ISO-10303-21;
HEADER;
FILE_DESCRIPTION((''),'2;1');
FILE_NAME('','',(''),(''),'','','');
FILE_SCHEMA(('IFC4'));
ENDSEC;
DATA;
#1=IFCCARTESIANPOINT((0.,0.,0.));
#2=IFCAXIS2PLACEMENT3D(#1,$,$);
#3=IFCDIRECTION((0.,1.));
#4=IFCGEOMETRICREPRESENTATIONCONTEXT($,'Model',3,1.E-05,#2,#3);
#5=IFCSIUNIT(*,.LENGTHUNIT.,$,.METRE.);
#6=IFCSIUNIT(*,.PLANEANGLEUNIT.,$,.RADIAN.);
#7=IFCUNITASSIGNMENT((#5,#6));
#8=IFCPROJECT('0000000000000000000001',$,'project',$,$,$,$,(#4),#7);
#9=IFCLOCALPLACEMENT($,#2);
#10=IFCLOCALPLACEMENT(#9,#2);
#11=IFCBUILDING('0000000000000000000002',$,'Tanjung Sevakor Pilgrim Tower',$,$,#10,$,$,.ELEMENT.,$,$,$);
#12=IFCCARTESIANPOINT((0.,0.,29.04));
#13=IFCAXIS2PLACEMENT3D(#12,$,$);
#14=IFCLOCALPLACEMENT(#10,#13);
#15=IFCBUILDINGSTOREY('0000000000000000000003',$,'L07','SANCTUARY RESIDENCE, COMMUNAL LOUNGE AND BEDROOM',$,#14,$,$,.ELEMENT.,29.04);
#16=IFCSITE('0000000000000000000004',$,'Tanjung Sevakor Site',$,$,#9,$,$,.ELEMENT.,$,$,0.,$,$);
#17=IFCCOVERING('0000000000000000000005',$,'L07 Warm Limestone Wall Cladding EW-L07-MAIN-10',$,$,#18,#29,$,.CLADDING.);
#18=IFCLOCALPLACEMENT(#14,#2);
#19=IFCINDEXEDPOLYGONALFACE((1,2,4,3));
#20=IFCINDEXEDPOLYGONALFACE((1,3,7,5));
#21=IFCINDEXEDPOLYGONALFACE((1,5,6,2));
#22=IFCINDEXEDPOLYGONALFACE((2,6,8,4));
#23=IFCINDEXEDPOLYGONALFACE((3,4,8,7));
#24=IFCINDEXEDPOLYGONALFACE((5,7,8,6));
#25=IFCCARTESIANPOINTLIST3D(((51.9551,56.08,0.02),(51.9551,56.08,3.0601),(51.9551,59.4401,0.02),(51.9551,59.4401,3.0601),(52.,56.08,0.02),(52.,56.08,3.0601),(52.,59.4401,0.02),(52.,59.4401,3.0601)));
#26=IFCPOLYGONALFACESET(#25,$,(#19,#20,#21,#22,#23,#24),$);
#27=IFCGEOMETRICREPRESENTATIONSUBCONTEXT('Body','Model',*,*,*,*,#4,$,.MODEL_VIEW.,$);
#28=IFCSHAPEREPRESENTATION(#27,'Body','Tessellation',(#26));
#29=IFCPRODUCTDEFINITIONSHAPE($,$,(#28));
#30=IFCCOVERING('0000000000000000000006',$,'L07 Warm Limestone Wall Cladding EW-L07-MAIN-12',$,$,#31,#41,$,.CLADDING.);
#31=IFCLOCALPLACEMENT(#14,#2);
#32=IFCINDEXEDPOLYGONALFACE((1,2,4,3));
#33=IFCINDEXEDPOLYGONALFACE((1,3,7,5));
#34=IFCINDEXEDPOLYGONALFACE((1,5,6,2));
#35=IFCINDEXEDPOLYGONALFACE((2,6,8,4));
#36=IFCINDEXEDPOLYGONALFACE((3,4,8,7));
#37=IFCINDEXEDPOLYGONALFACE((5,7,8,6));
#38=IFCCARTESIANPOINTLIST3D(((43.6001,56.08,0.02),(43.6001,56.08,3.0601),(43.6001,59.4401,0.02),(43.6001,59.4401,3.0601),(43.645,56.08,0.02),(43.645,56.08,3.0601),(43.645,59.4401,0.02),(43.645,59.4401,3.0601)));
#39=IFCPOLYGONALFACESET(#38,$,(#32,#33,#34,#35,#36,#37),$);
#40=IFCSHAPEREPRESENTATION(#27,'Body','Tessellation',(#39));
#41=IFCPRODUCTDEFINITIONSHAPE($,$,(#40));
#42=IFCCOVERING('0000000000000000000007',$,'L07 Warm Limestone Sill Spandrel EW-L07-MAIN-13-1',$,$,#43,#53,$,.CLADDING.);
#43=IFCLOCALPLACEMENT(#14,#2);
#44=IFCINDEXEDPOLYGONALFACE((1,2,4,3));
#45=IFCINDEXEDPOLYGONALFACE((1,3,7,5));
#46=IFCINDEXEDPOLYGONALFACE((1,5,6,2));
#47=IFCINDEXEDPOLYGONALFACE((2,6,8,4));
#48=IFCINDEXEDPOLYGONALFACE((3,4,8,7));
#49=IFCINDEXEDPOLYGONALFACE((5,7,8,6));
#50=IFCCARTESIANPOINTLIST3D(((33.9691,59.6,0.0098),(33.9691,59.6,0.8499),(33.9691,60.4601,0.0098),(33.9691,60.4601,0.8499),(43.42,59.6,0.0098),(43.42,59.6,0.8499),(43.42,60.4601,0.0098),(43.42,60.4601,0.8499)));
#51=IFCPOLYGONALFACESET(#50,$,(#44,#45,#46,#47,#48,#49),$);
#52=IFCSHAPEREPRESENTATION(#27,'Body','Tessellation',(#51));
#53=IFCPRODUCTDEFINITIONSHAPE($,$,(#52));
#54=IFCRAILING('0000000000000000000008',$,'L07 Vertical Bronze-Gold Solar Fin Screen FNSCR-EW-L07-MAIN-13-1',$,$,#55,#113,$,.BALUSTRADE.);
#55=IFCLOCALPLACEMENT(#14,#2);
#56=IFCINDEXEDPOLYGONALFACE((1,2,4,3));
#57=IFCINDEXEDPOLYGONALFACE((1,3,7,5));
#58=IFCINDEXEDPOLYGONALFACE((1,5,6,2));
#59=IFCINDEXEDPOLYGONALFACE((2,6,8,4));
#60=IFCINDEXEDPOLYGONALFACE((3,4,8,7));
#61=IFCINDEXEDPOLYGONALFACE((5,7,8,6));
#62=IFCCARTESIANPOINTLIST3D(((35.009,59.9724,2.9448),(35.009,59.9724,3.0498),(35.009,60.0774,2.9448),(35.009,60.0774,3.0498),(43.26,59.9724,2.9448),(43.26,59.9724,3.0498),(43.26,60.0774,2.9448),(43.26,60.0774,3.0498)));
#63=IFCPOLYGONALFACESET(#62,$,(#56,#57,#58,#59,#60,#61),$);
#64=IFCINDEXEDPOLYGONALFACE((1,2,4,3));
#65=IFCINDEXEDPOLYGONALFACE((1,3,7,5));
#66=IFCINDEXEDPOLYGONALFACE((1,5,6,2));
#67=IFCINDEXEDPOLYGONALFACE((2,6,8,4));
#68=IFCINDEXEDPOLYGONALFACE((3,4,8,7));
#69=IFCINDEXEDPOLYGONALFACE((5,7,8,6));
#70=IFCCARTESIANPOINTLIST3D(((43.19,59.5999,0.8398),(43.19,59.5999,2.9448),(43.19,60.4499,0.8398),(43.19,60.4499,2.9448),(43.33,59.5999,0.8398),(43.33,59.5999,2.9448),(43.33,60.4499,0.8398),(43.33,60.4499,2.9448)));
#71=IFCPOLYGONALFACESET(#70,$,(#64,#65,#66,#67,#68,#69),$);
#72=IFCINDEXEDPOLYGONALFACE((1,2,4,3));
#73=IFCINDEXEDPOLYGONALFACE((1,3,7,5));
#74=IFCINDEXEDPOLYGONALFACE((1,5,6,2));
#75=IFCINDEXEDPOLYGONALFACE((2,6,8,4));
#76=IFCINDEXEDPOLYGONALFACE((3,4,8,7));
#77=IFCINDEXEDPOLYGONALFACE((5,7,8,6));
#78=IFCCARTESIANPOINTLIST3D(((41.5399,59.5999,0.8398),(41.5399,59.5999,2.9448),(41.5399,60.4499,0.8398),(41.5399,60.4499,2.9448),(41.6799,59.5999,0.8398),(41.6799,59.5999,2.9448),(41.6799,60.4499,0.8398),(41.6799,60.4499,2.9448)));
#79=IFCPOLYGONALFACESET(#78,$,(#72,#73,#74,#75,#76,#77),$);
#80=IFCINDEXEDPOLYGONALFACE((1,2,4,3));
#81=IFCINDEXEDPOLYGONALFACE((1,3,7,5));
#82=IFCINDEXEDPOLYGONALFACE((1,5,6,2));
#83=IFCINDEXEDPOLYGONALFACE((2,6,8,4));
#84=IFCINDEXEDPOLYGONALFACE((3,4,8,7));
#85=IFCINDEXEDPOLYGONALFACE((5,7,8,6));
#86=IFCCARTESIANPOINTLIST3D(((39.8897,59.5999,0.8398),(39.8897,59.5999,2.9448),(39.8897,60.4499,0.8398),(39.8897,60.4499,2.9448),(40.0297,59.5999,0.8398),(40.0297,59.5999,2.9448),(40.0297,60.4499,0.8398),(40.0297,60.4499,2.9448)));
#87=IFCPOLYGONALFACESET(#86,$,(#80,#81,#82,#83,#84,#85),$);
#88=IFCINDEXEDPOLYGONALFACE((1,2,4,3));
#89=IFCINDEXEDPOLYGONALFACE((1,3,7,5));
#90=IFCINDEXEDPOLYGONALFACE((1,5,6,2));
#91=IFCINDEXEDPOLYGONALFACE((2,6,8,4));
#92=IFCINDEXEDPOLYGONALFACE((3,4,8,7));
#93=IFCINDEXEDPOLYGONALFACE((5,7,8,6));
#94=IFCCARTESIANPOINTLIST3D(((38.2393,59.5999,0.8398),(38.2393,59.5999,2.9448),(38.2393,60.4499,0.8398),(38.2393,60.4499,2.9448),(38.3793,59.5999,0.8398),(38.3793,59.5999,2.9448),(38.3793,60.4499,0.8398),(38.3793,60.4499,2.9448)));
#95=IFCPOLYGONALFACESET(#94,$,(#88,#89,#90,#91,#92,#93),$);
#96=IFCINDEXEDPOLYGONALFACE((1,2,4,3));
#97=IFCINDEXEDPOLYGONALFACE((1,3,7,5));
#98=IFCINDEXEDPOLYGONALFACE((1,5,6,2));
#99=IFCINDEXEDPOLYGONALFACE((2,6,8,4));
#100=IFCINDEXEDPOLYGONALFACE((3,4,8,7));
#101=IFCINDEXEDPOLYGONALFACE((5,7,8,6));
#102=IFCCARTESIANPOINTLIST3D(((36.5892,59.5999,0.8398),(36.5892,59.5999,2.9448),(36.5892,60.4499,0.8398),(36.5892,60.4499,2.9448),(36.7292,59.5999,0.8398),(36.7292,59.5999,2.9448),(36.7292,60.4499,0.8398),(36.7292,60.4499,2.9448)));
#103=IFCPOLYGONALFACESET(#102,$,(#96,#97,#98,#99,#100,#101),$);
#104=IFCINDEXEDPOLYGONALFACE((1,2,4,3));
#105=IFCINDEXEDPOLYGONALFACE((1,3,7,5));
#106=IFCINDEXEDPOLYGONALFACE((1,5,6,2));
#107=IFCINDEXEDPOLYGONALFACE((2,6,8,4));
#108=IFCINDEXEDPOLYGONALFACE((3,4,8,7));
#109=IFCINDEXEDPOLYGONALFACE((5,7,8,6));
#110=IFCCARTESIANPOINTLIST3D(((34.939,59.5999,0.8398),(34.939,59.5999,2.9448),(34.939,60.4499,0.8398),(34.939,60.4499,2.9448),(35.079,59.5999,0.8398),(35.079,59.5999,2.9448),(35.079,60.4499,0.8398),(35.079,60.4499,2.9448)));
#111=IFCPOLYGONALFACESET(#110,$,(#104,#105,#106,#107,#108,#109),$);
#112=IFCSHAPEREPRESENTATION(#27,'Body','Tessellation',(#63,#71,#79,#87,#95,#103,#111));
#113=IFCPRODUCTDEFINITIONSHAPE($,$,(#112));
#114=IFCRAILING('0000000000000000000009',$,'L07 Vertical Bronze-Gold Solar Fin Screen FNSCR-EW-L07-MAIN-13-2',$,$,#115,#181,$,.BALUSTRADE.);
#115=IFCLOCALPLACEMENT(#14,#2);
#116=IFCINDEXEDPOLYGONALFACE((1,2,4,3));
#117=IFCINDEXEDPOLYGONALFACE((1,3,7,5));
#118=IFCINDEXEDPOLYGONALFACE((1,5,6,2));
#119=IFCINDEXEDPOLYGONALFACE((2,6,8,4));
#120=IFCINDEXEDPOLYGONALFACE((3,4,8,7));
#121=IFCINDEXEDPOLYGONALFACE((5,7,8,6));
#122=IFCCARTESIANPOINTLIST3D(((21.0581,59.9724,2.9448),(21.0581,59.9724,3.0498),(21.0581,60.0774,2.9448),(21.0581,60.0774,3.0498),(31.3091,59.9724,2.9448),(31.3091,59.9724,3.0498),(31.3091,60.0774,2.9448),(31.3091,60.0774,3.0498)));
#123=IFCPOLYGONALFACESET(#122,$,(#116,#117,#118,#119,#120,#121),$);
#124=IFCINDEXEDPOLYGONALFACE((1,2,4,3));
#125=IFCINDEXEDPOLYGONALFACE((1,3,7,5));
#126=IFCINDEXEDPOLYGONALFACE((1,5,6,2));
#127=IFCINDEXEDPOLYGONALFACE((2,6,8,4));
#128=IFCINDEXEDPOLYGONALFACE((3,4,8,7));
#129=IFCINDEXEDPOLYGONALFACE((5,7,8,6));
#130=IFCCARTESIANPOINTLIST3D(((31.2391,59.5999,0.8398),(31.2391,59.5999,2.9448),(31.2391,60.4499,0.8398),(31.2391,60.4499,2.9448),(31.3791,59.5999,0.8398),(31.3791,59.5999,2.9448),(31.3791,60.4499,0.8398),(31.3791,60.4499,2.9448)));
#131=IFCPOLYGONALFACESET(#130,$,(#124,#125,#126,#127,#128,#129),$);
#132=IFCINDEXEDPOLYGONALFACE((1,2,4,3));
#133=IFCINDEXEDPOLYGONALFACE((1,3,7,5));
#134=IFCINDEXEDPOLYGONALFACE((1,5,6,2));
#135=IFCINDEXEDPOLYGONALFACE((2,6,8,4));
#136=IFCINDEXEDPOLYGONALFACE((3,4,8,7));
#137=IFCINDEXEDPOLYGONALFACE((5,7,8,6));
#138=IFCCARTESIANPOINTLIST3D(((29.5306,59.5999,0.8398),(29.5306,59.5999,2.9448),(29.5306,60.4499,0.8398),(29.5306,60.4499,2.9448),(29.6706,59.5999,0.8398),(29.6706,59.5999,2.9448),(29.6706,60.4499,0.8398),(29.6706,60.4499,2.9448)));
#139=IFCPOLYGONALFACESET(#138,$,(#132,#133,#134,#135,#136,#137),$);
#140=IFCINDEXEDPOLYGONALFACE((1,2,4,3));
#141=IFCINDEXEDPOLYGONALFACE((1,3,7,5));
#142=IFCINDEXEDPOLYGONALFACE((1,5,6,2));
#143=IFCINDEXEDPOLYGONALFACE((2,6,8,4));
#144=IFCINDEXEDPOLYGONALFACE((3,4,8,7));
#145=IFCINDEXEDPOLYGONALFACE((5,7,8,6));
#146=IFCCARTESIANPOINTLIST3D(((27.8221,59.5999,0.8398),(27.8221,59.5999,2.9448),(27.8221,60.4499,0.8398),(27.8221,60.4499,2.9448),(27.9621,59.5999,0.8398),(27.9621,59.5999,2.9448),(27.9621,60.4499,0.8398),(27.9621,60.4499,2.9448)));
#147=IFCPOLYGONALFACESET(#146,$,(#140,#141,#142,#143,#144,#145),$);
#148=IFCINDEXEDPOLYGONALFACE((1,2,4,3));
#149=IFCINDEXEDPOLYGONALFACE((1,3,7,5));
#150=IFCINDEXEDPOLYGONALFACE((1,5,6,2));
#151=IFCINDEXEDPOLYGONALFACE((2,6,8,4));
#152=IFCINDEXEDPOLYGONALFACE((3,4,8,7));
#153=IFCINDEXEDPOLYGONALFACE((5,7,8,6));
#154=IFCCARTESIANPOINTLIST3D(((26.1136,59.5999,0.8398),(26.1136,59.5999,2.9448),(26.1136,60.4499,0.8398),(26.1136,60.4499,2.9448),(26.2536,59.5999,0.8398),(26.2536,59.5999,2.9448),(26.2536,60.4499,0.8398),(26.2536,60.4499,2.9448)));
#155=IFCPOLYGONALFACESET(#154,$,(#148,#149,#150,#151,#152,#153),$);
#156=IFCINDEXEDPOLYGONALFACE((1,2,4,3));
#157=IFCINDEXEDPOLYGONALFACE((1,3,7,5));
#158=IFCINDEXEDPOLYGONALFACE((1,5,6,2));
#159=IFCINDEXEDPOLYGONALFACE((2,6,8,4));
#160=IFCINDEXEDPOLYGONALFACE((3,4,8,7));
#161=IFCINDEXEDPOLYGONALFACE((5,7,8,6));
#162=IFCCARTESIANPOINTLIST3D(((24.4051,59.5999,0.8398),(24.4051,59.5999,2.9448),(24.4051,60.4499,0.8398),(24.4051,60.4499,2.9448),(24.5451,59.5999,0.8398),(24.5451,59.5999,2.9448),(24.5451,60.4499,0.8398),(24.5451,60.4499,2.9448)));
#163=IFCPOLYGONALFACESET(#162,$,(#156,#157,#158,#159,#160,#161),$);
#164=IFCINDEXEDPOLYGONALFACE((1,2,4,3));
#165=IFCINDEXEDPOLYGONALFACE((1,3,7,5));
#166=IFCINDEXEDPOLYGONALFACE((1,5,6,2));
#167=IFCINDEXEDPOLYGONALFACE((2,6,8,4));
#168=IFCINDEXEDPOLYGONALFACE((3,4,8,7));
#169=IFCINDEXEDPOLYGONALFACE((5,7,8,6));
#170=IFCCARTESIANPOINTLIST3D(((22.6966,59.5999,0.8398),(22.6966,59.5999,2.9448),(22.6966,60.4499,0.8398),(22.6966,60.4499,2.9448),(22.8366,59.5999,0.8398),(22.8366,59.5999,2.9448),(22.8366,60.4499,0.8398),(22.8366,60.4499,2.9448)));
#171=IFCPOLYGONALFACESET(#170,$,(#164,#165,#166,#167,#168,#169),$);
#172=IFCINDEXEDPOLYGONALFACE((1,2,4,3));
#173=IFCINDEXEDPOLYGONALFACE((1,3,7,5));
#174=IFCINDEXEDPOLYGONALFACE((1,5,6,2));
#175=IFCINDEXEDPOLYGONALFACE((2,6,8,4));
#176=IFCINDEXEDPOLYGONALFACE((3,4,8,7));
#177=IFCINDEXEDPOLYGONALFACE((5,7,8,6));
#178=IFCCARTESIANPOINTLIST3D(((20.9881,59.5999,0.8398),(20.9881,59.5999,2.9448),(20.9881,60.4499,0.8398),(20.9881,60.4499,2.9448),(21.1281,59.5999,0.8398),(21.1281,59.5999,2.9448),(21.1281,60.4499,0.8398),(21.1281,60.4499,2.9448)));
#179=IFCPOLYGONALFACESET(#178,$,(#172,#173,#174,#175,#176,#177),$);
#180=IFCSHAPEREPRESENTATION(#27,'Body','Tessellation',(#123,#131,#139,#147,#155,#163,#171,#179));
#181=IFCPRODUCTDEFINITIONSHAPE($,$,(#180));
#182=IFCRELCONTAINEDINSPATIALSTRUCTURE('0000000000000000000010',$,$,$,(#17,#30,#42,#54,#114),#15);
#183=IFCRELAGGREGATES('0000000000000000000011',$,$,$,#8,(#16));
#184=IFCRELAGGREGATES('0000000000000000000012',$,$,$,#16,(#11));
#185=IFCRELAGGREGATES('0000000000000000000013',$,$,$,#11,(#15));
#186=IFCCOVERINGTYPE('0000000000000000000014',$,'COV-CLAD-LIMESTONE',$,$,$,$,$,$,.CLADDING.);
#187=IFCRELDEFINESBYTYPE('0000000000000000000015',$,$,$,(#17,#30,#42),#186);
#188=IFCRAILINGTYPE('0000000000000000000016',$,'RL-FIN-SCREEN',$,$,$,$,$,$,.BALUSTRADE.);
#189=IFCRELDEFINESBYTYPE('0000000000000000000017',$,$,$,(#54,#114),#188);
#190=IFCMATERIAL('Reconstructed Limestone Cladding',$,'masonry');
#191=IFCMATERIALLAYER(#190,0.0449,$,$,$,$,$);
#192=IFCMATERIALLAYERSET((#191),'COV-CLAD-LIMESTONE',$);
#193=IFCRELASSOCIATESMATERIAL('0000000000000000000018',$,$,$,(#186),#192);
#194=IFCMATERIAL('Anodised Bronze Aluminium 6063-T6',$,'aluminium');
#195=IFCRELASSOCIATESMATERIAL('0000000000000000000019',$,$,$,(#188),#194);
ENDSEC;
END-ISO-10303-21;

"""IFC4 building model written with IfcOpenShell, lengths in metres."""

from ifc_helpers import new_model, si_unit, direction, frame, origin, origin_2d, place, context, subcontext, project, spatial, rectangle, extrude, material, layer, layer_set, type_object, element, save


model = new_model("IFC4")

# Units and contexts
model_context = context("Model", 3, precision=1e-05, world=origin(), true_north=direction((0.0, 1.0)))
body_context = subcontext(model_context, "Body", "Model", "MODEL_VIEW")
ifc_project = project(units=[si_unit("LENGTHUNIT", "METRE"), si_unit("PLANEANGLEUNIT", "RADIAN")], contexts=[model_context])

# Site, building, storey
site_placement = place(None, origin())
site = spatial("IfcSite", under=ifc_project, at=site_placement, Name="Tanjung Sevakor Site", CompositionType="ELEMENT", RefElevation=0.0)
building_placement = place(site_placement, origin())
building = spatial("IfcBuilding", under=site, at=building_placement, Name="Tanjung Sevakor Pilgrim Tower", CompositionType="ELEMENT")
storey_placement = place(building_placement, frame((0.0, 0.0, 29.04)))
storey = spatial("IfcBuildingStorey", under=building, at=storey_placement, Name="L07", Description="SANCTUARY RESIDENCE, COMMUNAL LOUNGE AND BEDROOM", CompositionType="ELEMENT", Elevation=29.04)

# Coverings
ifc_material_1 = material(Name="Reconstructed Limestone Cladding", Category="masonry")
ifc_layer_1 = layer(ifc_material_1, 0.0449)
ifc_layer_set_1 = layer_set([ifc_layer_1], Name="COV-CLAD-LIMESTONE")
covering_type = type_object("IfcCoveringType", Name="COV-CLAD-LIMESTONE", PredefinedType="CLADDING", material=ifc_layer_set_1)
for number, where, z_axis, x_axis, name in (
    (1, (51.9775, 57.76, 0.02), (0.0, 0.0, 1.0), (0.0, -1.0, 0.0), "L07 Warm Limestone Wall Cladding EW-L07-MAIN-10"),
    (2, (43.6226, 57.76, 0.02), (0.0, 0.0, 1.0), (0.0, 1.0, 0.0), "L07 Warm Limestone Wall Cladding EW-L07-MAIN-12"),
):
    element("IfcCovering", number, at=place(storey_placement, frame(where, z_axis=z_axis, x_axis=x_axis)), inside=storey, type_object=covering_type, Name=name, PredefinedType="CLADDING", context=body_context, shape_type="SweptSolid", body=[
        extrude(rectangle(XDim=3.3601, YDim=0.0449, at=origin_2d()), origin(), (0.0, 0.0, 1.0), 3.04),
    ])
covering_placement = place(storey_placement, frame((38.6946, 60.03, 0.0098), z_axis=(0.0, 0.0, 1.0), x_axis=(-1.0, 0.0, 0.0)))
element("IfcCovering", 3, at=covering_placement, inside=storey, type_object=covering_type, Name="L07 Warm Limestone Sill Spandrel EW-L07-MAIN-13-1", PredefinedType="CLADDING", context=body_context, shape_type="SweptSolid", body=[
    extrude(rectangle(XDim=9.4509, YDim=0.8601, at=origin_2d()), origin(), (0.0, 0.0, 1.0), 0.8401),
])

# Railings
ifc_material_2 = material(Name="Anodised Bronze Aluminium 6063-T6", Category="aluminium")
railing_type = type_object("IfcRailingType", Name="RL-FIN-SCREEN", PredefinedType="BALUSTRADE", material=ifc_material_2)
railing_1_placement = place(storey_placement, frame((43.26, 60.0249, 0.8398)))
element("IfcRailing", 4, at=railing_1_placement, inside=storey, type_object=railing_type, Name="L07 Vertical Bronze-Gold Solar Fin Screen FNSCR-EW-L07-MAIN-13-1", PredefinedType="BALUSTRADE", context=body_context, shape_type="SweptSolid", body=[
    extrude(rectangle(XDim=0.105, YDim=0.105), frame((0.0, 0.0, 2.1575), z_axis=(-1.0, 0.0, 0.0), x_axis=(0.0, -1.0, 0.0)), (0.0, 0.0, 1.0), 8.251),
    extrude(rectangle(XDim=0.14, YDim=0.85), origin(), (0.0, 0.0, 1.0), 2.105),
    extrude(rectangle(XDim=0.14, YDim=0.85), frame((-1.6501, 0.0, 0.0)), (0.0, 0.0, 1.0), 2.105),
    extrude(rectangle(XDim=0.14, YDim=0.85), frame((-3.3003, 0.0, 0.0)), (0.0, 0.0, 1.0), 2.105),
    extrude(rectangle(XDim=0.14, YDim=0.85), frame((-4.9507, 0.0, 0.0)), (0.0, 0.0, 1.0), 2.105),
    extrude(rectangle(XDim=0.14, YDim=0.85), frame((-6.6008, 0.0, 0.0)), (0.0, 0.0, 1.0), 2.105),
    extrude(rectangle(XDim=0.14, YDim=0.85), frame((-8.251, 0.0, 0.0)), (0.0, 0.0, 1.0), 2.105),
])
railing_2_placement = place(storey_placement, frame((31.3091, 60.0249, 0.8398)))
element("IfcRailing", 5, at=railing_2_placement, inside=storey, type_object=railing_type, Name="L07 Vertical Bronze-Gold Solar Fin Screen FNSCR-EW-L07-MAIN-13-2", PredefinedType="BALUSTRADE", context=body_context, shape_type="SweptSolid", body=[
    extrude(rectangle(XDim=0.105, YDim=0.105), frame((0.0, 0.0, 2.1575), z_axis=(-1.0, 0.0, 0.0), x_axis=(0.0, -1.0, 0.0)), (0.0, 0.0, 1.0), 10.251),
    extrude(rectangle(XDim=0.14, YDim=0.85), origin(), (0.0, 0.0, 1.0), 2.105),
    extrude(rectangle(XDim=0.14, YDim=0.85), frame((-1.7085, 0.0, 0.0)), (0.0, 0.0, 1.0), 2.105),
    extrude(rectangle(XDim=0.14, YDim=0.85), frame((-3.417, 0.0, 0.0)), (0.0, 0.0, 1.0), 2.105),
    extrude(rectangle(XDim=0.14, YDim=0.85), frame((-5.1255, 0.0, 0.0)), (0.0, 0.0, 1.0), 2.105),
    extrude(rectangle(XDim=0.14, YDim=0.85), frame((-6.834, 0.0, 0.0)), (0.0, 0.0, 1.0), 2.105),
    extrude(rectangle(XDim=0.14, YDim=0.85), frame((-8.5425, 0.0, 0.0)), (0.0, 0.0, 1.0), 2.105),
    extrude(rectangle(XDim=0.14, YDim=0.85), frame((-10.251, 0.0, 0.0)), (0.0, 0.0, 1.0), 2.105),
])

save(model, "model.ifc")
